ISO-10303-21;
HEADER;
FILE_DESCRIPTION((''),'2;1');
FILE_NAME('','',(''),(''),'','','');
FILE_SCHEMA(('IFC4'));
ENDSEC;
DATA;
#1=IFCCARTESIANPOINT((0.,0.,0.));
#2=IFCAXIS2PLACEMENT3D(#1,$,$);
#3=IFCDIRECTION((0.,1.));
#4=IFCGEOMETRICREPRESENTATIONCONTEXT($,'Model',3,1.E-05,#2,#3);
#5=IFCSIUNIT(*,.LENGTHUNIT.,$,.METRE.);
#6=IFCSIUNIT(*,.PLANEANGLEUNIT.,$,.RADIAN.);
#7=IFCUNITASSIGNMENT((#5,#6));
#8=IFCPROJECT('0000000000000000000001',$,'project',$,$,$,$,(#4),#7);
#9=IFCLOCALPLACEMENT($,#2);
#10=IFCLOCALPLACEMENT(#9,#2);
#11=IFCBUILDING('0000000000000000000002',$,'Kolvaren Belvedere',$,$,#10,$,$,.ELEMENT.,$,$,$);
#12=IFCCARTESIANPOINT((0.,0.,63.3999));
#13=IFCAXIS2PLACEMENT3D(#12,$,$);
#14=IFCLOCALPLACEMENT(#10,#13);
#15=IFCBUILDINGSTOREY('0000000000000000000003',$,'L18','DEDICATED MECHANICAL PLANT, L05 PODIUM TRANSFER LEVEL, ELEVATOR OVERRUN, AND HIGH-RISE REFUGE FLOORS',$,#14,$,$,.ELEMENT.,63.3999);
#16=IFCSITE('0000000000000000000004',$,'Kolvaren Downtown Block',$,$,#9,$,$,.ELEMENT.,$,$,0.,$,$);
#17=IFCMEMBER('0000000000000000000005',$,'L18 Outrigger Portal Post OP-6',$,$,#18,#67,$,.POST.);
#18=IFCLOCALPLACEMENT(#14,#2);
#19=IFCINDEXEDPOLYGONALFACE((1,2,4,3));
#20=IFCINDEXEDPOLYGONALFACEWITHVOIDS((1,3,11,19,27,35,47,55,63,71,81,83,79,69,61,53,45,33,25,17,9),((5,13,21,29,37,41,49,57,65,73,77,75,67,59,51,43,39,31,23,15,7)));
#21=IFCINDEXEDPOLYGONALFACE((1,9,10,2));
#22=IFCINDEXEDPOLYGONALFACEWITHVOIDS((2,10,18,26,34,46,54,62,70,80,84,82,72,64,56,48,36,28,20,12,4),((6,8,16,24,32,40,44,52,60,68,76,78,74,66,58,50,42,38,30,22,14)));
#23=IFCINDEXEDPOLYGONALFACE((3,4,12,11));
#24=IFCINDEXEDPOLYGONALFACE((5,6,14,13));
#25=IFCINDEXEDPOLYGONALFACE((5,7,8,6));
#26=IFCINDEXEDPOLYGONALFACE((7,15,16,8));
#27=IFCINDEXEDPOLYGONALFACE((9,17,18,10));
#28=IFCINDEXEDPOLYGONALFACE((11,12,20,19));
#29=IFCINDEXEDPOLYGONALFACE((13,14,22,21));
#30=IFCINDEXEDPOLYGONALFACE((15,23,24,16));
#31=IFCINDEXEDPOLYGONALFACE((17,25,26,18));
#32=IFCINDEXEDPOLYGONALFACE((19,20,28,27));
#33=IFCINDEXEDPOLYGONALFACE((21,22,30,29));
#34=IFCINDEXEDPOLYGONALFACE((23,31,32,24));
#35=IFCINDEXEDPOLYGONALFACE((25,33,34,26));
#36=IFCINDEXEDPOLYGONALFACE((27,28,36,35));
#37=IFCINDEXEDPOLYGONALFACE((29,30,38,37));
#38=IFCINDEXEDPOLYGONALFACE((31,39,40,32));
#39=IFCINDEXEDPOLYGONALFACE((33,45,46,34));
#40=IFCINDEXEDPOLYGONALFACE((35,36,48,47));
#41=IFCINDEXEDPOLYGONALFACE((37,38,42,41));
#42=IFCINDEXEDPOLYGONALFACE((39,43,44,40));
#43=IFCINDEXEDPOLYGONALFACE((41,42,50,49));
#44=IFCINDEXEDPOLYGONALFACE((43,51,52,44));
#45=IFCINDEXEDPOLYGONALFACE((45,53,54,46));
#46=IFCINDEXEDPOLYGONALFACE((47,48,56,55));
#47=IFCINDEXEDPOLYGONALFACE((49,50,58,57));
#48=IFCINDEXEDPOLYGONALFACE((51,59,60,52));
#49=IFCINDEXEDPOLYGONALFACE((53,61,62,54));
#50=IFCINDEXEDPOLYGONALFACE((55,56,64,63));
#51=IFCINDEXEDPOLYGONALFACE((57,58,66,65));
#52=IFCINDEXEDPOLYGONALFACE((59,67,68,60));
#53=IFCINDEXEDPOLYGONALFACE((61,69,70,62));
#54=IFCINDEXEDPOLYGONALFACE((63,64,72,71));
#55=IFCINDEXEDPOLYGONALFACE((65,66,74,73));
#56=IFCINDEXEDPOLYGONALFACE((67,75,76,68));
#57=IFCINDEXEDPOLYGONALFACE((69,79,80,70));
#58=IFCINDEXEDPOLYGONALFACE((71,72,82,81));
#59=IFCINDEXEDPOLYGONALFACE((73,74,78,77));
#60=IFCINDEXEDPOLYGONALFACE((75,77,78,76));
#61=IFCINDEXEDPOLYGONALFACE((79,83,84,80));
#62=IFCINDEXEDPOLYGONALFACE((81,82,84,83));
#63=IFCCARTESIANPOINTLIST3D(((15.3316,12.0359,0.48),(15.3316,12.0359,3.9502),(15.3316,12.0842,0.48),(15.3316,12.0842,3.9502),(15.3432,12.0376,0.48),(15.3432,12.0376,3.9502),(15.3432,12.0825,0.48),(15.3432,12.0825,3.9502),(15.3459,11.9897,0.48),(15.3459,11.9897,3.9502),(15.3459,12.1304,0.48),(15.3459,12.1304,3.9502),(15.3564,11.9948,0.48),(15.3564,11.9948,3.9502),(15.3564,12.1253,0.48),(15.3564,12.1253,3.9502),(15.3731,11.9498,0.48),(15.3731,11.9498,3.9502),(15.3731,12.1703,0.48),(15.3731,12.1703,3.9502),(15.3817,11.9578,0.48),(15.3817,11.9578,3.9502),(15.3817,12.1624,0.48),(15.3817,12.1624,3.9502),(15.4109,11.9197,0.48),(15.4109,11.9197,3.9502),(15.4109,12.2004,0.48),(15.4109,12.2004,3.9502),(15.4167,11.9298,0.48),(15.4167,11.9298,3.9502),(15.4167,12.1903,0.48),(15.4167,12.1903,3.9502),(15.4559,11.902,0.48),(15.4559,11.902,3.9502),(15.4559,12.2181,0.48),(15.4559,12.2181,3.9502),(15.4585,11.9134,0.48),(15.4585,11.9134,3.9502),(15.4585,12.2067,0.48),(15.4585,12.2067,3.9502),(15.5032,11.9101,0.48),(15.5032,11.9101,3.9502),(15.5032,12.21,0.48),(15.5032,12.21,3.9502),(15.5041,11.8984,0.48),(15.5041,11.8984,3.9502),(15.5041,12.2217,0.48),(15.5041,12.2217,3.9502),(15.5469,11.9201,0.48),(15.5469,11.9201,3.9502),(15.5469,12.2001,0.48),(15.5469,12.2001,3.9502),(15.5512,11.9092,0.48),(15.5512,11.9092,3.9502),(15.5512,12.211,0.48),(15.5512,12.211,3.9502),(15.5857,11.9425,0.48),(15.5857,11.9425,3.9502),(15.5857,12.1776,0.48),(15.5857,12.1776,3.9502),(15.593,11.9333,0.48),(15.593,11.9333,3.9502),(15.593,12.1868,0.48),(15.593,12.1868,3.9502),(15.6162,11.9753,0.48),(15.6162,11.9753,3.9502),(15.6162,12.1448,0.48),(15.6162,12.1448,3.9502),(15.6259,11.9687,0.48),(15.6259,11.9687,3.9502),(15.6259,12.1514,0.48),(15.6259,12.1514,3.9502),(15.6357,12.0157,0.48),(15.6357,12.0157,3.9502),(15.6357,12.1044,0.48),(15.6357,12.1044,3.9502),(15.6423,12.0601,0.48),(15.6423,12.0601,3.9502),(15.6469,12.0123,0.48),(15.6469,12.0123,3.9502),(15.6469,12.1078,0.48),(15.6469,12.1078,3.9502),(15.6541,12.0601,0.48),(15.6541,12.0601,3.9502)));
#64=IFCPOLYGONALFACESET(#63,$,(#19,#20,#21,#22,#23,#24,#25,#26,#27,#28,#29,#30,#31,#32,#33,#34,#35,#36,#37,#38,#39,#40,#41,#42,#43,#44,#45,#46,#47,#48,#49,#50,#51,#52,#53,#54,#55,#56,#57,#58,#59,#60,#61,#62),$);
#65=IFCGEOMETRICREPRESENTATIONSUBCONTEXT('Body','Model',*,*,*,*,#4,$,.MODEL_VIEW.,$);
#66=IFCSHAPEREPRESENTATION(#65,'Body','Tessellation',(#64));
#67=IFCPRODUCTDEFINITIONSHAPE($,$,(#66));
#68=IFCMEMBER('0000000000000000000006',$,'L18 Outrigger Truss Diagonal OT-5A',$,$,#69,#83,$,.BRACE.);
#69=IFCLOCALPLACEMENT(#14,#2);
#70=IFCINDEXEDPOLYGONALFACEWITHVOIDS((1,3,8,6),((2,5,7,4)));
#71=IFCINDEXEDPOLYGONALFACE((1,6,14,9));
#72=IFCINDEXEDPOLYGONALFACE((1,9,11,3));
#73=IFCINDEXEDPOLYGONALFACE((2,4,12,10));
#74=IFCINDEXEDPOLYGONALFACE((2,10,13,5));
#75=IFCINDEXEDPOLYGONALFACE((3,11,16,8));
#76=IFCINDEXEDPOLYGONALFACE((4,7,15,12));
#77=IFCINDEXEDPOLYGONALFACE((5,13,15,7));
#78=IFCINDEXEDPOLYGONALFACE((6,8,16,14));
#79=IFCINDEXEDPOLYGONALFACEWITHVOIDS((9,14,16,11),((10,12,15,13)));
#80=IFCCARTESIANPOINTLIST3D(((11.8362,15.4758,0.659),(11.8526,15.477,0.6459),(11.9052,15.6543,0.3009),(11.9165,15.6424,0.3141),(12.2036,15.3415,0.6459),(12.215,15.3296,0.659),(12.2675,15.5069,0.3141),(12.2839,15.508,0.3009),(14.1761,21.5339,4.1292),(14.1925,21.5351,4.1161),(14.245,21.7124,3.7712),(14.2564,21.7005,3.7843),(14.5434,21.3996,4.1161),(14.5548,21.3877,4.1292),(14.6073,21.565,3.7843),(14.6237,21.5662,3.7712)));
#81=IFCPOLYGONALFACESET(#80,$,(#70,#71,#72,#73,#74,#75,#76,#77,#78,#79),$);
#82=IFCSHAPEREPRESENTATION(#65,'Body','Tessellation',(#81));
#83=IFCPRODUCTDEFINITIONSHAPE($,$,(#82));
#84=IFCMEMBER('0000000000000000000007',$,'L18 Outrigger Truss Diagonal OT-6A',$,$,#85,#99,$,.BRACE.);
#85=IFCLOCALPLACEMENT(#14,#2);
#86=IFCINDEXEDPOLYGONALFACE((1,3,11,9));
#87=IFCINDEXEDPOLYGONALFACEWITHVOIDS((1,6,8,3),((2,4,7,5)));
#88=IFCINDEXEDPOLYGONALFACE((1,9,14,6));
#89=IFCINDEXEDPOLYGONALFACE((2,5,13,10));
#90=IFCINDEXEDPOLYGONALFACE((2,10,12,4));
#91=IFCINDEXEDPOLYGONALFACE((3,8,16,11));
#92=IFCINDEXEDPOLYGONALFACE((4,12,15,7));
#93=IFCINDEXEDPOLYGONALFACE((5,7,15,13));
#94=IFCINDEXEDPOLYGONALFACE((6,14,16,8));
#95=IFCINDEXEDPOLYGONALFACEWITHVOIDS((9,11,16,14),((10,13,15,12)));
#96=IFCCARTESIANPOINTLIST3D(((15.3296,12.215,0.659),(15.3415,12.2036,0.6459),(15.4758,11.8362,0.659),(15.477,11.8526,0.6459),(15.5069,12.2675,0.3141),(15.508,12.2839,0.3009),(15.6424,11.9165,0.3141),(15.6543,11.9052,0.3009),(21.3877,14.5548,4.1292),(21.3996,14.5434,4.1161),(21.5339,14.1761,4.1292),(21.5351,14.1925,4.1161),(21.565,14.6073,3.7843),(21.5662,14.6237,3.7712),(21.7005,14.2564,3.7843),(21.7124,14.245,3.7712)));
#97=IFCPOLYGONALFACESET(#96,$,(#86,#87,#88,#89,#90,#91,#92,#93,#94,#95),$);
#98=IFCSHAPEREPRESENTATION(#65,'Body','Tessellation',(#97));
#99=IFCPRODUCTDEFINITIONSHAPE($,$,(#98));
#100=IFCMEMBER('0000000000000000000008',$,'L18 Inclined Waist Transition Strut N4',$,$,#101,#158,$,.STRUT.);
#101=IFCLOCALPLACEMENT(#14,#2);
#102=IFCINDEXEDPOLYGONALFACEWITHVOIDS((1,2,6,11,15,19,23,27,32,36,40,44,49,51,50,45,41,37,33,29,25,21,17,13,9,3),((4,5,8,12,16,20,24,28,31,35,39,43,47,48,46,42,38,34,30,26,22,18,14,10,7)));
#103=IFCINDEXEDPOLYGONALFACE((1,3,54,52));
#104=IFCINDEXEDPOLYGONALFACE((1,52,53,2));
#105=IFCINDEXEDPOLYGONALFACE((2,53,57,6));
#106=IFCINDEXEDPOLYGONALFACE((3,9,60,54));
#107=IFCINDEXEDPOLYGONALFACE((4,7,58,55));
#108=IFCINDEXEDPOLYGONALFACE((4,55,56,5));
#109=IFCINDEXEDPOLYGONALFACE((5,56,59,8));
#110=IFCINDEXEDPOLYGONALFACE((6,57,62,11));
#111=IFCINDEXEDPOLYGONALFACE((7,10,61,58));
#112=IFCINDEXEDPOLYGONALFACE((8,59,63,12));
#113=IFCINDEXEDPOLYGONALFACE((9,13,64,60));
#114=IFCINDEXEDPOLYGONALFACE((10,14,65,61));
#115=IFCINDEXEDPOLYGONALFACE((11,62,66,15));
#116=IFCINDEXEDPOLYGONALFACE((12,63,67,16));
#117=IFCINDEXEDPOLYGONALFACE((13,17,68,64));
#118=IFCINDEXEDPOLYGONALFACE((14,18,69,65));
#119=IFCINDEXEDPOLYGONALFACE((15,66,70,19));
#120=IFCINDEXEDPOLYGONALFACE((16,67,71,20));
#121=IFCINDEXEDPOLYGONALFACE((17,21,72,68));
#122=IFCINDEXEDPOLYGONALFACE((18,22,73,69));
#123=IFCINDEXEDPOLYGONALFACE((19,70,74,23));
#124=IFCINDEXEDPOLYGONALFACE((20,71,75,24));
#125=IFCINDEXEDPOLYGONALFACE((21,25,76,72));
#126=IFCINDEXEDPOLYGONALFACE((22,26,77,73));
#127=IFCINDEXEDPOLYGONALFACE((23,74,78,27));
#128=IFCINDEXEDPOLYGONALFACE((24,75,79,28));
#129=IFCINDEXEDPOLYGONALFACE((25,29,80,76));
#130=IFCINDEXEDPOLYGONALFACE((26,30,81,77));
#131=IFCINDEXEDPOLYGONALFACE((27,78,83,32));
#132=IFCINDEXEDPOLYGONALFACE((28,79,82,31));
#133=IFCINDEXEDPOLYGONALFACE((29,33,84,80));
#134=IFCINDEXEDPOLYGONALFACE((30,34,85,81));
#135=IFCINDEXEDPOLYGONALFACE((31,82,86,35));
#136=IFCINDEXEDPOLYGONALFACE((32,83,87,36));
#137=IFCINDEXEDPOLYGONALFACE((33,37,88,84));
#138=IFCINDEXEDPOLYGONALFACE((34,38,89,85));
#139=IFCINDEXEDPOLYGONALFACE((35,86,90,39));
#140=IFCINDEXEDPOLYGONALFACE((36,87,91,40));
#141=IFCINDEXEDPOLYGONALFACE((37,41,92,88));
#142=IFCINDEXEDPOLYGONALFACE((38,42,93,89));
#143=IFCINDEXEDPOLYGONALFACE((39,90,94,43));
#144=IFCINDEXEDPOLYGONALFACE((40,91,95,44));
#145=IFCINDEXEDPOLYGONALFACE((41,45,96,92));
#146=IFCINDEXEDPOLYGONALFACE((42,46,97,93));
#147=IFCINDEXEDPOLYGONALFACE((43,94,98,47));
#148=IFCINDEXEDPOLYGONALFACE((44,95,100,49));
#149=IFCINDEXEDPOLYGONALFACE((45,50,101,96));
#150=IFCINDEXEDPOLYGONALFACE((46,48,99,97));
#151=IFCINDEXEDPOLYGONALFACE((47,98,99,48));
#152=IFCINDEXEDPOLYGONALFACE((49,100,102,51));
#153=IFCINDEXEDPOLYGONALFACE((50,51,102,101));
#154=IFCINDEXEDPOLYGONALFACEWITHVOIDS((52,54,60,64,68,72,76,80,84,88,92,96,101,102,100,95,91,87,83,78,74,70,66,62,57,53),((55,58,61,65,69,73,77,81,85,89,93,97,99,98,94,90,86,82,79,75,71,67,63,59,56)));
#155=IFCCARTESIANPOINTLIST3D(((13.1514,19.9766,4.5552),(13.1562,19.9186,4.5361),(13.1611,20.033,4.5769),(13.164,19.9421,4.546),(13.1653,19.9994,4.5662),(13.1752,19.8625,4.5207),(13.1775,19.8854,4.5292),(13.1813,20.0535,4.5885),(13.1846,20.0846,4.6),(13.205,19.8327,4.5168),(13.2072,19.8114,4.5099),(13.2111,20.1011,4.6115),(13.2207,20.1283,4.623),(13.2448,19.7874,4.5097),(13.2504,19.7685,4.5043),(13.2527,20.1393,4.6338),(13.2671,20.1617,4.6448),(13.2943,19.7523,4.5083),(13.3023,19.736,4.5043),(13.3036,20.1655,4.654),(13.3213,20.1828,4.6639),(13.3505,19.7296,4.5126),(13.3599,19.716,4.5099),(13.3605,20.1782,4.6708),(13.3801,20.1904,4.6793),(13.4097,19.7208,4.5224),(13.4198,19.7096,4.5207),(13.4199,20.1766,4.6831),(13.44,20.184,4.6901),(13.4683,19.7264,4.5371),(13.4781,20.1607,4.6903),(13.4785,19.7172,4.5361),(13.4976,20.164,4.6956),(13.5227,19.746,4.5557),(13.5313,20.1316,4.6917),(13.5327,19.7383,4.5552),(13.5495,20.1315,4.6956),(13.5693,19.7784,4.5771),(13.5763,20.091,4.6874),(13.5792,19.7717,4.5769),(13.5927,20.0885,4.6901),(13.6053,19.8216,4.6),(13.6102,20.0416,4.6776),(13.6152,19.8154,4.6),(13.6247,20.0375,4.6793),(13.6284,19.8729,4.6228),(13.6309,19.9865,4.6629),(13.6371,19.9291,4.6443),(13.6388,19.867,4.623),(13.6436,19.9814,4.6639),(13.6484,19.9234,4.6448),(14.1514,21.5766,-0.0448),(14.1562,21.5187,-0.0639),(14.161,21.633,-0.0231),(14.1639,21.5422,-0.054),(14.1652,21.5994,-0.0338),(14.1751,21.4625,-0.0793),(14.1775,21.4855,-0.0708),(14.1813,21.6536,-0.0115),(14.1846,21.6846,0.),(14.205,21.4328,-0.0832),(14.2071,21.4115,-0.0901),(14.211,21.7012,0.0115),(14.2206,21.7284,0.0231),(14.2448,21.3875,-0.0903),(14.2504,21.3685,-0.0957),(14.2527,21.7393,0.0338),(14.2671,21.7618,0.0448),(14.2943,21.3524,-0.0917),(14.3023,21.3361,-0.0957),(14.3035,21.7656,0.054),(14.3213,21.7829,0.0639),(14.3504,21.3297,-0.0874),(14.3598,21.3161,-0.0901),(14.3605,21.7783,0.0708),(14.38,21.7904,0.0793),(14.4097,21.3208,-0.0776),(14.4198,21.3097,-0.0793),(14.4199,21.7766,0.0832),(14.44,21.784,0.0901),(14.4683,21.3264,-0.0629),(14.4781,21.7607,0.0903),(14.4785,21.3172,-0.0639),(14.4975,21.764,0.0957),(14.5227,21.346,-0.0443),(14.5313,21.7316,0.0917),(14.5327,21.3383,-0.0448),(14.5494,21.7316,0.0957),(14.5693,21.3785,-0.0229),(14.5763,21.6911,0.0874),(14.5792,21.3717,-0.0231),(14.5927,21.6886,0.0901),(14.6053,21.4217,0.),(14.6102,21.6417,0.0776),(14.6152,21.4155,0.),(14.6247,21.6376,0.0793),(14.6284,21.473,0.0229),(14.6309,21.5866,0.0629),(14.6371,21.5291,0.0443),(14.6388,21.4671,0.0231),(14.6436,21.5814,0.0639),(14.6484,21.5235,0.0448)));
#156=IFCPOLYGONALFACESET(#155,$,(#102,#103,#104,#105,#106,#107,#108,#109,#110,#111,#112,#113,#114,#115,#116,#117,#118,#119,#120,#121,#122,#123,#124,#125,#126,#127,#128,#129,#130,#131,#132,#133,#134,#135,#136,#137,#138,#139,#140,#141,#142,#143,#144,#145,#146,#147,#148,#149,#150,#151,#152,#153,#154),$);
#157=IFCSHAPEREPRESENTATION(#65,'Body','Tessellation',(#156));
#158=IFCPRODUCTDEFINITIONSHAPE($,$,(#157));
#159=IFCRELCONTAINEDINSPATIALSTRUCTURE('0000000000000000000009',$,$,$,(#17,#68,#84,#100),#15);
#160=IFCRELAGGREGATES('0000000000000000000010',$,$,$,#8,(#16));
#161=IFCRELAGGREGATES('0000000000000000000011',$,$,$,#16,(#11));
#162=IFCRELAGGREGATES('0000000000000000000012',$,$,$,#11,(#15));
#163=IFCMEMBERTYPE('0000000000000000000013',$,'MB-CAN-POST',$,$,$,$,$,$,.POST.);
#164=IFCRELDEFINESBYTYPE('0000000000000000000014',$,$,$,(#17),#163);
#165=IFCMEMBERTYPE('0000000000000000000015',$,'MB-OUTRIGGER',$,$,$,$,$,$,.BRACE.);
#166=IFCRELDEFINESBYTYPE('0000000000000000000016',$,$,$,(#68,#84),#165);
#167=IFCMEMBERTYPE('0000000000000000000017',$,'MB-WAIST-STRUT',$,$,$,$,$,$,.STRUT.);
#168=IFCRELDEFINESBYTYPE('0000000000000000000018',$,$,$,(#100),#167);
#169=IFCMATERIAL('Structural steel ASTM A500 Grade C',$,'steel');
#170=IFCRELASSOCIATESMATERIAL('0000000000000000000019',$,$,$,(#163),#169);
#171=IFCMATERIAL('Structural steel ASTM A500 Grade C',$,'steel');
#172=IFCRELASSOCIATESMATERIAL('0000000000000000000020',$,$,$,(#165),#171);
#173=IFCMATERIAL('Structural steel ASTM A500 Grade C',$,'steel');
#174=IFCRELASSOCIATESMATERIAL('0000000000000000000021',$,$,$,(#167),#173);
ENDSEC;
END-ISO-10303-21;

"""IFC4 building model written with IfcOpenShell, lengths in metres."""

from ifc_helpers import new_model, si_unit, direction, frame, origin, origin_2d, place, context, subcontext, project, spatial, hollow_rectangle, hollow_circle, extrude, material, material_profile, profile_set, type_object, element, save


model = new_model("IFC4")

# Units and contexts
model_context = context("Model", 3, precision=1e-05, world=origin(), true_north=direction((0.0, 1.0)))
body_context = subcontext(model_context, "Body", "Model", "MODEL_VIEW")
ifc_project = project(units=[si_unit("LENGTHUNIT", "METRE"), si_unit("PLANEANGLEUNIT", "RADIAN")], contexts=[model_context])

# Site, building, storey
site_placement = place(None, origin())
site = spatial("IfcSite", under=ifc_project, at=site_placement, Name="Kolvaren Downtown Block", CompositionType="ELEMENT", RefElevation=0.0)
building_placement = place(site_placement, origin())
building = spatial("IfcBuilding", under=site, at=building_placement, Name="Kolvaren Belvedere", CompositionType="ELEMENT")
storey_placement = place(building_placement, frame((0.0, 0.0, 63.3999)))
storey = spatial("IfcBuildingStorey", under=building, at=storey_placement, Name="L18", Description="DEDICATED MECHANICAL PLANT, L05 PODIUM TRANSFER LEVEL, ELEVATOR OVERRUN, AND HIGH-RISE REFUGE FLOORS", CompositionType="ELEMENT", Elevation=63.3999)

# Members
ifc_material_1 = material(Name="Structural steel ASTM A500 Grade C", Category="steel")
ifc_material_profile_1 = material_profile(ifc_material_1, hollow_circle(Radius=0.1621, WallThickness=0.0117, at=origin_2d()), Name="HSS12.750X0.500")
ifc_profile_set_1 = profile_set([ifc_material_profile_1], Name="Structural steel ASTM A500 Grade C")
member_type_1 = type_object("IfcMemberType", Name="MB-CAN-POST", PredefinedType="POST", material=ifc_profile_set_1)
for number, where, z_axis, x_axis, name in (
    (1, (15.4919, 12.0601, 0.48), (0.0, 0.0, 1.0), (1.0, 0.0, 0.0), "L18 Outrigger Portal Post OP-6"),
):
    element("IfcMember", number, at=place(storey_placement, frame(where, z_axis=z_axis, x_axis=x_axis)), inside=storey, type_object=member_type_1, Name=name, PredefinedType="POST", context=body_context, shape_type="SweptSolid", body=[
        extrude(hollow_circle(Radius=0.1621, WallThickness=0.0117, at=origin_2d()), origin(), (0.0, 0.0, 1.0), 3.4702),
    ])
ifc_material_2 = material(Name="Structural steel ASTM A500 Grade C", Category="steel")
ifc_material_profile_2 = material_profile(ifc_material_2, hollow_rectangle(XDim=0.406, YDim=0.406, WallThickness=0.0149, at=origin_2d()), Name="HSS16X16X5/8")
ifc_profile_set_2 = profile_set([ifc_material_profile_2], Name="Structural steel ASTM A500 Grade C")
member_type_2 = type_object("IfcMemberType", Name="MB-OUTRIGGER", PredefinedType="BRACE", material=ifc_profile_set_2)
for number, where, z_axis, x_axis, name in (
    (2, (12.0601, 15.4919, 0.48), (0.317772, 0.822745, 0.471287), (-0.932839, 0.360294, 0.0), "L18 Outrigger Truss Diagonal OT-5A"),
    (3, (15.4919, 12.0601, 0.48), (0.822745, 0.317772, 0.471287), (-0.360294, 0.932839, 0.0), "L18 Outrigger Truss Diagonal OT-6A"),
):
    element("IfcMember", number, at=place(storey_placement, frame(where, z_axis=z_axis, x_axis=x_axis)), inside=storey, type_object=member_type_2, Name=name, PredefinedType="BRACE", context=body_context, shape_type="SweptSolid", body=[
        extrude(hollow_rectangle(XDim=0.406, YDim=0.406, WallThickness=0.0149, at=origin_2d()), origin(), (0.0, 0.0, 1.0), 7.3633),
    ])
ifc_material_3 = material(Name="Structural steel ASTM A500 Grade C", Category="steel")
ifc_material_profile_3 = material_profile(ifc_material_3, hollow_circle(Radius=0.2539, WallThickness=0.0117, at=origin_2d()), Name="HSS20.000X0.500")
ifc_profile_set_3 = profile_set([ifc_material_profile_3], Name="Structural steel ASTM A500 Grade C")
member_type_3 = type_object("IfcMemberType", Name="MB-WAIST-STRUT", PredefinedType="STRUT", material=ifc_profile_set_3)
member_1_placement = place(storey_placement, frame((14.3999, 21.55, 0.0), z_axis=(-0.201125, -0.321819, 0.925193), x_axis=(0.848013, -0.529976, 0.0)))
element("IfcMember", 4, at=member_1_placement, inside=storey, type_object=member_type_3, Name="L18 Inclined Waist Transition Strut N4", PredefinedType="STRUT", context=body_context, shape_type="SweptSolid", body=[
    extrude(hollow_circle(Radius=0.2539, WallThickness=0.0117, at=origin_2d()), origin(), (0.0, 0.0, 1.0), 4.9719),
])

save(model, "model.ifc")
